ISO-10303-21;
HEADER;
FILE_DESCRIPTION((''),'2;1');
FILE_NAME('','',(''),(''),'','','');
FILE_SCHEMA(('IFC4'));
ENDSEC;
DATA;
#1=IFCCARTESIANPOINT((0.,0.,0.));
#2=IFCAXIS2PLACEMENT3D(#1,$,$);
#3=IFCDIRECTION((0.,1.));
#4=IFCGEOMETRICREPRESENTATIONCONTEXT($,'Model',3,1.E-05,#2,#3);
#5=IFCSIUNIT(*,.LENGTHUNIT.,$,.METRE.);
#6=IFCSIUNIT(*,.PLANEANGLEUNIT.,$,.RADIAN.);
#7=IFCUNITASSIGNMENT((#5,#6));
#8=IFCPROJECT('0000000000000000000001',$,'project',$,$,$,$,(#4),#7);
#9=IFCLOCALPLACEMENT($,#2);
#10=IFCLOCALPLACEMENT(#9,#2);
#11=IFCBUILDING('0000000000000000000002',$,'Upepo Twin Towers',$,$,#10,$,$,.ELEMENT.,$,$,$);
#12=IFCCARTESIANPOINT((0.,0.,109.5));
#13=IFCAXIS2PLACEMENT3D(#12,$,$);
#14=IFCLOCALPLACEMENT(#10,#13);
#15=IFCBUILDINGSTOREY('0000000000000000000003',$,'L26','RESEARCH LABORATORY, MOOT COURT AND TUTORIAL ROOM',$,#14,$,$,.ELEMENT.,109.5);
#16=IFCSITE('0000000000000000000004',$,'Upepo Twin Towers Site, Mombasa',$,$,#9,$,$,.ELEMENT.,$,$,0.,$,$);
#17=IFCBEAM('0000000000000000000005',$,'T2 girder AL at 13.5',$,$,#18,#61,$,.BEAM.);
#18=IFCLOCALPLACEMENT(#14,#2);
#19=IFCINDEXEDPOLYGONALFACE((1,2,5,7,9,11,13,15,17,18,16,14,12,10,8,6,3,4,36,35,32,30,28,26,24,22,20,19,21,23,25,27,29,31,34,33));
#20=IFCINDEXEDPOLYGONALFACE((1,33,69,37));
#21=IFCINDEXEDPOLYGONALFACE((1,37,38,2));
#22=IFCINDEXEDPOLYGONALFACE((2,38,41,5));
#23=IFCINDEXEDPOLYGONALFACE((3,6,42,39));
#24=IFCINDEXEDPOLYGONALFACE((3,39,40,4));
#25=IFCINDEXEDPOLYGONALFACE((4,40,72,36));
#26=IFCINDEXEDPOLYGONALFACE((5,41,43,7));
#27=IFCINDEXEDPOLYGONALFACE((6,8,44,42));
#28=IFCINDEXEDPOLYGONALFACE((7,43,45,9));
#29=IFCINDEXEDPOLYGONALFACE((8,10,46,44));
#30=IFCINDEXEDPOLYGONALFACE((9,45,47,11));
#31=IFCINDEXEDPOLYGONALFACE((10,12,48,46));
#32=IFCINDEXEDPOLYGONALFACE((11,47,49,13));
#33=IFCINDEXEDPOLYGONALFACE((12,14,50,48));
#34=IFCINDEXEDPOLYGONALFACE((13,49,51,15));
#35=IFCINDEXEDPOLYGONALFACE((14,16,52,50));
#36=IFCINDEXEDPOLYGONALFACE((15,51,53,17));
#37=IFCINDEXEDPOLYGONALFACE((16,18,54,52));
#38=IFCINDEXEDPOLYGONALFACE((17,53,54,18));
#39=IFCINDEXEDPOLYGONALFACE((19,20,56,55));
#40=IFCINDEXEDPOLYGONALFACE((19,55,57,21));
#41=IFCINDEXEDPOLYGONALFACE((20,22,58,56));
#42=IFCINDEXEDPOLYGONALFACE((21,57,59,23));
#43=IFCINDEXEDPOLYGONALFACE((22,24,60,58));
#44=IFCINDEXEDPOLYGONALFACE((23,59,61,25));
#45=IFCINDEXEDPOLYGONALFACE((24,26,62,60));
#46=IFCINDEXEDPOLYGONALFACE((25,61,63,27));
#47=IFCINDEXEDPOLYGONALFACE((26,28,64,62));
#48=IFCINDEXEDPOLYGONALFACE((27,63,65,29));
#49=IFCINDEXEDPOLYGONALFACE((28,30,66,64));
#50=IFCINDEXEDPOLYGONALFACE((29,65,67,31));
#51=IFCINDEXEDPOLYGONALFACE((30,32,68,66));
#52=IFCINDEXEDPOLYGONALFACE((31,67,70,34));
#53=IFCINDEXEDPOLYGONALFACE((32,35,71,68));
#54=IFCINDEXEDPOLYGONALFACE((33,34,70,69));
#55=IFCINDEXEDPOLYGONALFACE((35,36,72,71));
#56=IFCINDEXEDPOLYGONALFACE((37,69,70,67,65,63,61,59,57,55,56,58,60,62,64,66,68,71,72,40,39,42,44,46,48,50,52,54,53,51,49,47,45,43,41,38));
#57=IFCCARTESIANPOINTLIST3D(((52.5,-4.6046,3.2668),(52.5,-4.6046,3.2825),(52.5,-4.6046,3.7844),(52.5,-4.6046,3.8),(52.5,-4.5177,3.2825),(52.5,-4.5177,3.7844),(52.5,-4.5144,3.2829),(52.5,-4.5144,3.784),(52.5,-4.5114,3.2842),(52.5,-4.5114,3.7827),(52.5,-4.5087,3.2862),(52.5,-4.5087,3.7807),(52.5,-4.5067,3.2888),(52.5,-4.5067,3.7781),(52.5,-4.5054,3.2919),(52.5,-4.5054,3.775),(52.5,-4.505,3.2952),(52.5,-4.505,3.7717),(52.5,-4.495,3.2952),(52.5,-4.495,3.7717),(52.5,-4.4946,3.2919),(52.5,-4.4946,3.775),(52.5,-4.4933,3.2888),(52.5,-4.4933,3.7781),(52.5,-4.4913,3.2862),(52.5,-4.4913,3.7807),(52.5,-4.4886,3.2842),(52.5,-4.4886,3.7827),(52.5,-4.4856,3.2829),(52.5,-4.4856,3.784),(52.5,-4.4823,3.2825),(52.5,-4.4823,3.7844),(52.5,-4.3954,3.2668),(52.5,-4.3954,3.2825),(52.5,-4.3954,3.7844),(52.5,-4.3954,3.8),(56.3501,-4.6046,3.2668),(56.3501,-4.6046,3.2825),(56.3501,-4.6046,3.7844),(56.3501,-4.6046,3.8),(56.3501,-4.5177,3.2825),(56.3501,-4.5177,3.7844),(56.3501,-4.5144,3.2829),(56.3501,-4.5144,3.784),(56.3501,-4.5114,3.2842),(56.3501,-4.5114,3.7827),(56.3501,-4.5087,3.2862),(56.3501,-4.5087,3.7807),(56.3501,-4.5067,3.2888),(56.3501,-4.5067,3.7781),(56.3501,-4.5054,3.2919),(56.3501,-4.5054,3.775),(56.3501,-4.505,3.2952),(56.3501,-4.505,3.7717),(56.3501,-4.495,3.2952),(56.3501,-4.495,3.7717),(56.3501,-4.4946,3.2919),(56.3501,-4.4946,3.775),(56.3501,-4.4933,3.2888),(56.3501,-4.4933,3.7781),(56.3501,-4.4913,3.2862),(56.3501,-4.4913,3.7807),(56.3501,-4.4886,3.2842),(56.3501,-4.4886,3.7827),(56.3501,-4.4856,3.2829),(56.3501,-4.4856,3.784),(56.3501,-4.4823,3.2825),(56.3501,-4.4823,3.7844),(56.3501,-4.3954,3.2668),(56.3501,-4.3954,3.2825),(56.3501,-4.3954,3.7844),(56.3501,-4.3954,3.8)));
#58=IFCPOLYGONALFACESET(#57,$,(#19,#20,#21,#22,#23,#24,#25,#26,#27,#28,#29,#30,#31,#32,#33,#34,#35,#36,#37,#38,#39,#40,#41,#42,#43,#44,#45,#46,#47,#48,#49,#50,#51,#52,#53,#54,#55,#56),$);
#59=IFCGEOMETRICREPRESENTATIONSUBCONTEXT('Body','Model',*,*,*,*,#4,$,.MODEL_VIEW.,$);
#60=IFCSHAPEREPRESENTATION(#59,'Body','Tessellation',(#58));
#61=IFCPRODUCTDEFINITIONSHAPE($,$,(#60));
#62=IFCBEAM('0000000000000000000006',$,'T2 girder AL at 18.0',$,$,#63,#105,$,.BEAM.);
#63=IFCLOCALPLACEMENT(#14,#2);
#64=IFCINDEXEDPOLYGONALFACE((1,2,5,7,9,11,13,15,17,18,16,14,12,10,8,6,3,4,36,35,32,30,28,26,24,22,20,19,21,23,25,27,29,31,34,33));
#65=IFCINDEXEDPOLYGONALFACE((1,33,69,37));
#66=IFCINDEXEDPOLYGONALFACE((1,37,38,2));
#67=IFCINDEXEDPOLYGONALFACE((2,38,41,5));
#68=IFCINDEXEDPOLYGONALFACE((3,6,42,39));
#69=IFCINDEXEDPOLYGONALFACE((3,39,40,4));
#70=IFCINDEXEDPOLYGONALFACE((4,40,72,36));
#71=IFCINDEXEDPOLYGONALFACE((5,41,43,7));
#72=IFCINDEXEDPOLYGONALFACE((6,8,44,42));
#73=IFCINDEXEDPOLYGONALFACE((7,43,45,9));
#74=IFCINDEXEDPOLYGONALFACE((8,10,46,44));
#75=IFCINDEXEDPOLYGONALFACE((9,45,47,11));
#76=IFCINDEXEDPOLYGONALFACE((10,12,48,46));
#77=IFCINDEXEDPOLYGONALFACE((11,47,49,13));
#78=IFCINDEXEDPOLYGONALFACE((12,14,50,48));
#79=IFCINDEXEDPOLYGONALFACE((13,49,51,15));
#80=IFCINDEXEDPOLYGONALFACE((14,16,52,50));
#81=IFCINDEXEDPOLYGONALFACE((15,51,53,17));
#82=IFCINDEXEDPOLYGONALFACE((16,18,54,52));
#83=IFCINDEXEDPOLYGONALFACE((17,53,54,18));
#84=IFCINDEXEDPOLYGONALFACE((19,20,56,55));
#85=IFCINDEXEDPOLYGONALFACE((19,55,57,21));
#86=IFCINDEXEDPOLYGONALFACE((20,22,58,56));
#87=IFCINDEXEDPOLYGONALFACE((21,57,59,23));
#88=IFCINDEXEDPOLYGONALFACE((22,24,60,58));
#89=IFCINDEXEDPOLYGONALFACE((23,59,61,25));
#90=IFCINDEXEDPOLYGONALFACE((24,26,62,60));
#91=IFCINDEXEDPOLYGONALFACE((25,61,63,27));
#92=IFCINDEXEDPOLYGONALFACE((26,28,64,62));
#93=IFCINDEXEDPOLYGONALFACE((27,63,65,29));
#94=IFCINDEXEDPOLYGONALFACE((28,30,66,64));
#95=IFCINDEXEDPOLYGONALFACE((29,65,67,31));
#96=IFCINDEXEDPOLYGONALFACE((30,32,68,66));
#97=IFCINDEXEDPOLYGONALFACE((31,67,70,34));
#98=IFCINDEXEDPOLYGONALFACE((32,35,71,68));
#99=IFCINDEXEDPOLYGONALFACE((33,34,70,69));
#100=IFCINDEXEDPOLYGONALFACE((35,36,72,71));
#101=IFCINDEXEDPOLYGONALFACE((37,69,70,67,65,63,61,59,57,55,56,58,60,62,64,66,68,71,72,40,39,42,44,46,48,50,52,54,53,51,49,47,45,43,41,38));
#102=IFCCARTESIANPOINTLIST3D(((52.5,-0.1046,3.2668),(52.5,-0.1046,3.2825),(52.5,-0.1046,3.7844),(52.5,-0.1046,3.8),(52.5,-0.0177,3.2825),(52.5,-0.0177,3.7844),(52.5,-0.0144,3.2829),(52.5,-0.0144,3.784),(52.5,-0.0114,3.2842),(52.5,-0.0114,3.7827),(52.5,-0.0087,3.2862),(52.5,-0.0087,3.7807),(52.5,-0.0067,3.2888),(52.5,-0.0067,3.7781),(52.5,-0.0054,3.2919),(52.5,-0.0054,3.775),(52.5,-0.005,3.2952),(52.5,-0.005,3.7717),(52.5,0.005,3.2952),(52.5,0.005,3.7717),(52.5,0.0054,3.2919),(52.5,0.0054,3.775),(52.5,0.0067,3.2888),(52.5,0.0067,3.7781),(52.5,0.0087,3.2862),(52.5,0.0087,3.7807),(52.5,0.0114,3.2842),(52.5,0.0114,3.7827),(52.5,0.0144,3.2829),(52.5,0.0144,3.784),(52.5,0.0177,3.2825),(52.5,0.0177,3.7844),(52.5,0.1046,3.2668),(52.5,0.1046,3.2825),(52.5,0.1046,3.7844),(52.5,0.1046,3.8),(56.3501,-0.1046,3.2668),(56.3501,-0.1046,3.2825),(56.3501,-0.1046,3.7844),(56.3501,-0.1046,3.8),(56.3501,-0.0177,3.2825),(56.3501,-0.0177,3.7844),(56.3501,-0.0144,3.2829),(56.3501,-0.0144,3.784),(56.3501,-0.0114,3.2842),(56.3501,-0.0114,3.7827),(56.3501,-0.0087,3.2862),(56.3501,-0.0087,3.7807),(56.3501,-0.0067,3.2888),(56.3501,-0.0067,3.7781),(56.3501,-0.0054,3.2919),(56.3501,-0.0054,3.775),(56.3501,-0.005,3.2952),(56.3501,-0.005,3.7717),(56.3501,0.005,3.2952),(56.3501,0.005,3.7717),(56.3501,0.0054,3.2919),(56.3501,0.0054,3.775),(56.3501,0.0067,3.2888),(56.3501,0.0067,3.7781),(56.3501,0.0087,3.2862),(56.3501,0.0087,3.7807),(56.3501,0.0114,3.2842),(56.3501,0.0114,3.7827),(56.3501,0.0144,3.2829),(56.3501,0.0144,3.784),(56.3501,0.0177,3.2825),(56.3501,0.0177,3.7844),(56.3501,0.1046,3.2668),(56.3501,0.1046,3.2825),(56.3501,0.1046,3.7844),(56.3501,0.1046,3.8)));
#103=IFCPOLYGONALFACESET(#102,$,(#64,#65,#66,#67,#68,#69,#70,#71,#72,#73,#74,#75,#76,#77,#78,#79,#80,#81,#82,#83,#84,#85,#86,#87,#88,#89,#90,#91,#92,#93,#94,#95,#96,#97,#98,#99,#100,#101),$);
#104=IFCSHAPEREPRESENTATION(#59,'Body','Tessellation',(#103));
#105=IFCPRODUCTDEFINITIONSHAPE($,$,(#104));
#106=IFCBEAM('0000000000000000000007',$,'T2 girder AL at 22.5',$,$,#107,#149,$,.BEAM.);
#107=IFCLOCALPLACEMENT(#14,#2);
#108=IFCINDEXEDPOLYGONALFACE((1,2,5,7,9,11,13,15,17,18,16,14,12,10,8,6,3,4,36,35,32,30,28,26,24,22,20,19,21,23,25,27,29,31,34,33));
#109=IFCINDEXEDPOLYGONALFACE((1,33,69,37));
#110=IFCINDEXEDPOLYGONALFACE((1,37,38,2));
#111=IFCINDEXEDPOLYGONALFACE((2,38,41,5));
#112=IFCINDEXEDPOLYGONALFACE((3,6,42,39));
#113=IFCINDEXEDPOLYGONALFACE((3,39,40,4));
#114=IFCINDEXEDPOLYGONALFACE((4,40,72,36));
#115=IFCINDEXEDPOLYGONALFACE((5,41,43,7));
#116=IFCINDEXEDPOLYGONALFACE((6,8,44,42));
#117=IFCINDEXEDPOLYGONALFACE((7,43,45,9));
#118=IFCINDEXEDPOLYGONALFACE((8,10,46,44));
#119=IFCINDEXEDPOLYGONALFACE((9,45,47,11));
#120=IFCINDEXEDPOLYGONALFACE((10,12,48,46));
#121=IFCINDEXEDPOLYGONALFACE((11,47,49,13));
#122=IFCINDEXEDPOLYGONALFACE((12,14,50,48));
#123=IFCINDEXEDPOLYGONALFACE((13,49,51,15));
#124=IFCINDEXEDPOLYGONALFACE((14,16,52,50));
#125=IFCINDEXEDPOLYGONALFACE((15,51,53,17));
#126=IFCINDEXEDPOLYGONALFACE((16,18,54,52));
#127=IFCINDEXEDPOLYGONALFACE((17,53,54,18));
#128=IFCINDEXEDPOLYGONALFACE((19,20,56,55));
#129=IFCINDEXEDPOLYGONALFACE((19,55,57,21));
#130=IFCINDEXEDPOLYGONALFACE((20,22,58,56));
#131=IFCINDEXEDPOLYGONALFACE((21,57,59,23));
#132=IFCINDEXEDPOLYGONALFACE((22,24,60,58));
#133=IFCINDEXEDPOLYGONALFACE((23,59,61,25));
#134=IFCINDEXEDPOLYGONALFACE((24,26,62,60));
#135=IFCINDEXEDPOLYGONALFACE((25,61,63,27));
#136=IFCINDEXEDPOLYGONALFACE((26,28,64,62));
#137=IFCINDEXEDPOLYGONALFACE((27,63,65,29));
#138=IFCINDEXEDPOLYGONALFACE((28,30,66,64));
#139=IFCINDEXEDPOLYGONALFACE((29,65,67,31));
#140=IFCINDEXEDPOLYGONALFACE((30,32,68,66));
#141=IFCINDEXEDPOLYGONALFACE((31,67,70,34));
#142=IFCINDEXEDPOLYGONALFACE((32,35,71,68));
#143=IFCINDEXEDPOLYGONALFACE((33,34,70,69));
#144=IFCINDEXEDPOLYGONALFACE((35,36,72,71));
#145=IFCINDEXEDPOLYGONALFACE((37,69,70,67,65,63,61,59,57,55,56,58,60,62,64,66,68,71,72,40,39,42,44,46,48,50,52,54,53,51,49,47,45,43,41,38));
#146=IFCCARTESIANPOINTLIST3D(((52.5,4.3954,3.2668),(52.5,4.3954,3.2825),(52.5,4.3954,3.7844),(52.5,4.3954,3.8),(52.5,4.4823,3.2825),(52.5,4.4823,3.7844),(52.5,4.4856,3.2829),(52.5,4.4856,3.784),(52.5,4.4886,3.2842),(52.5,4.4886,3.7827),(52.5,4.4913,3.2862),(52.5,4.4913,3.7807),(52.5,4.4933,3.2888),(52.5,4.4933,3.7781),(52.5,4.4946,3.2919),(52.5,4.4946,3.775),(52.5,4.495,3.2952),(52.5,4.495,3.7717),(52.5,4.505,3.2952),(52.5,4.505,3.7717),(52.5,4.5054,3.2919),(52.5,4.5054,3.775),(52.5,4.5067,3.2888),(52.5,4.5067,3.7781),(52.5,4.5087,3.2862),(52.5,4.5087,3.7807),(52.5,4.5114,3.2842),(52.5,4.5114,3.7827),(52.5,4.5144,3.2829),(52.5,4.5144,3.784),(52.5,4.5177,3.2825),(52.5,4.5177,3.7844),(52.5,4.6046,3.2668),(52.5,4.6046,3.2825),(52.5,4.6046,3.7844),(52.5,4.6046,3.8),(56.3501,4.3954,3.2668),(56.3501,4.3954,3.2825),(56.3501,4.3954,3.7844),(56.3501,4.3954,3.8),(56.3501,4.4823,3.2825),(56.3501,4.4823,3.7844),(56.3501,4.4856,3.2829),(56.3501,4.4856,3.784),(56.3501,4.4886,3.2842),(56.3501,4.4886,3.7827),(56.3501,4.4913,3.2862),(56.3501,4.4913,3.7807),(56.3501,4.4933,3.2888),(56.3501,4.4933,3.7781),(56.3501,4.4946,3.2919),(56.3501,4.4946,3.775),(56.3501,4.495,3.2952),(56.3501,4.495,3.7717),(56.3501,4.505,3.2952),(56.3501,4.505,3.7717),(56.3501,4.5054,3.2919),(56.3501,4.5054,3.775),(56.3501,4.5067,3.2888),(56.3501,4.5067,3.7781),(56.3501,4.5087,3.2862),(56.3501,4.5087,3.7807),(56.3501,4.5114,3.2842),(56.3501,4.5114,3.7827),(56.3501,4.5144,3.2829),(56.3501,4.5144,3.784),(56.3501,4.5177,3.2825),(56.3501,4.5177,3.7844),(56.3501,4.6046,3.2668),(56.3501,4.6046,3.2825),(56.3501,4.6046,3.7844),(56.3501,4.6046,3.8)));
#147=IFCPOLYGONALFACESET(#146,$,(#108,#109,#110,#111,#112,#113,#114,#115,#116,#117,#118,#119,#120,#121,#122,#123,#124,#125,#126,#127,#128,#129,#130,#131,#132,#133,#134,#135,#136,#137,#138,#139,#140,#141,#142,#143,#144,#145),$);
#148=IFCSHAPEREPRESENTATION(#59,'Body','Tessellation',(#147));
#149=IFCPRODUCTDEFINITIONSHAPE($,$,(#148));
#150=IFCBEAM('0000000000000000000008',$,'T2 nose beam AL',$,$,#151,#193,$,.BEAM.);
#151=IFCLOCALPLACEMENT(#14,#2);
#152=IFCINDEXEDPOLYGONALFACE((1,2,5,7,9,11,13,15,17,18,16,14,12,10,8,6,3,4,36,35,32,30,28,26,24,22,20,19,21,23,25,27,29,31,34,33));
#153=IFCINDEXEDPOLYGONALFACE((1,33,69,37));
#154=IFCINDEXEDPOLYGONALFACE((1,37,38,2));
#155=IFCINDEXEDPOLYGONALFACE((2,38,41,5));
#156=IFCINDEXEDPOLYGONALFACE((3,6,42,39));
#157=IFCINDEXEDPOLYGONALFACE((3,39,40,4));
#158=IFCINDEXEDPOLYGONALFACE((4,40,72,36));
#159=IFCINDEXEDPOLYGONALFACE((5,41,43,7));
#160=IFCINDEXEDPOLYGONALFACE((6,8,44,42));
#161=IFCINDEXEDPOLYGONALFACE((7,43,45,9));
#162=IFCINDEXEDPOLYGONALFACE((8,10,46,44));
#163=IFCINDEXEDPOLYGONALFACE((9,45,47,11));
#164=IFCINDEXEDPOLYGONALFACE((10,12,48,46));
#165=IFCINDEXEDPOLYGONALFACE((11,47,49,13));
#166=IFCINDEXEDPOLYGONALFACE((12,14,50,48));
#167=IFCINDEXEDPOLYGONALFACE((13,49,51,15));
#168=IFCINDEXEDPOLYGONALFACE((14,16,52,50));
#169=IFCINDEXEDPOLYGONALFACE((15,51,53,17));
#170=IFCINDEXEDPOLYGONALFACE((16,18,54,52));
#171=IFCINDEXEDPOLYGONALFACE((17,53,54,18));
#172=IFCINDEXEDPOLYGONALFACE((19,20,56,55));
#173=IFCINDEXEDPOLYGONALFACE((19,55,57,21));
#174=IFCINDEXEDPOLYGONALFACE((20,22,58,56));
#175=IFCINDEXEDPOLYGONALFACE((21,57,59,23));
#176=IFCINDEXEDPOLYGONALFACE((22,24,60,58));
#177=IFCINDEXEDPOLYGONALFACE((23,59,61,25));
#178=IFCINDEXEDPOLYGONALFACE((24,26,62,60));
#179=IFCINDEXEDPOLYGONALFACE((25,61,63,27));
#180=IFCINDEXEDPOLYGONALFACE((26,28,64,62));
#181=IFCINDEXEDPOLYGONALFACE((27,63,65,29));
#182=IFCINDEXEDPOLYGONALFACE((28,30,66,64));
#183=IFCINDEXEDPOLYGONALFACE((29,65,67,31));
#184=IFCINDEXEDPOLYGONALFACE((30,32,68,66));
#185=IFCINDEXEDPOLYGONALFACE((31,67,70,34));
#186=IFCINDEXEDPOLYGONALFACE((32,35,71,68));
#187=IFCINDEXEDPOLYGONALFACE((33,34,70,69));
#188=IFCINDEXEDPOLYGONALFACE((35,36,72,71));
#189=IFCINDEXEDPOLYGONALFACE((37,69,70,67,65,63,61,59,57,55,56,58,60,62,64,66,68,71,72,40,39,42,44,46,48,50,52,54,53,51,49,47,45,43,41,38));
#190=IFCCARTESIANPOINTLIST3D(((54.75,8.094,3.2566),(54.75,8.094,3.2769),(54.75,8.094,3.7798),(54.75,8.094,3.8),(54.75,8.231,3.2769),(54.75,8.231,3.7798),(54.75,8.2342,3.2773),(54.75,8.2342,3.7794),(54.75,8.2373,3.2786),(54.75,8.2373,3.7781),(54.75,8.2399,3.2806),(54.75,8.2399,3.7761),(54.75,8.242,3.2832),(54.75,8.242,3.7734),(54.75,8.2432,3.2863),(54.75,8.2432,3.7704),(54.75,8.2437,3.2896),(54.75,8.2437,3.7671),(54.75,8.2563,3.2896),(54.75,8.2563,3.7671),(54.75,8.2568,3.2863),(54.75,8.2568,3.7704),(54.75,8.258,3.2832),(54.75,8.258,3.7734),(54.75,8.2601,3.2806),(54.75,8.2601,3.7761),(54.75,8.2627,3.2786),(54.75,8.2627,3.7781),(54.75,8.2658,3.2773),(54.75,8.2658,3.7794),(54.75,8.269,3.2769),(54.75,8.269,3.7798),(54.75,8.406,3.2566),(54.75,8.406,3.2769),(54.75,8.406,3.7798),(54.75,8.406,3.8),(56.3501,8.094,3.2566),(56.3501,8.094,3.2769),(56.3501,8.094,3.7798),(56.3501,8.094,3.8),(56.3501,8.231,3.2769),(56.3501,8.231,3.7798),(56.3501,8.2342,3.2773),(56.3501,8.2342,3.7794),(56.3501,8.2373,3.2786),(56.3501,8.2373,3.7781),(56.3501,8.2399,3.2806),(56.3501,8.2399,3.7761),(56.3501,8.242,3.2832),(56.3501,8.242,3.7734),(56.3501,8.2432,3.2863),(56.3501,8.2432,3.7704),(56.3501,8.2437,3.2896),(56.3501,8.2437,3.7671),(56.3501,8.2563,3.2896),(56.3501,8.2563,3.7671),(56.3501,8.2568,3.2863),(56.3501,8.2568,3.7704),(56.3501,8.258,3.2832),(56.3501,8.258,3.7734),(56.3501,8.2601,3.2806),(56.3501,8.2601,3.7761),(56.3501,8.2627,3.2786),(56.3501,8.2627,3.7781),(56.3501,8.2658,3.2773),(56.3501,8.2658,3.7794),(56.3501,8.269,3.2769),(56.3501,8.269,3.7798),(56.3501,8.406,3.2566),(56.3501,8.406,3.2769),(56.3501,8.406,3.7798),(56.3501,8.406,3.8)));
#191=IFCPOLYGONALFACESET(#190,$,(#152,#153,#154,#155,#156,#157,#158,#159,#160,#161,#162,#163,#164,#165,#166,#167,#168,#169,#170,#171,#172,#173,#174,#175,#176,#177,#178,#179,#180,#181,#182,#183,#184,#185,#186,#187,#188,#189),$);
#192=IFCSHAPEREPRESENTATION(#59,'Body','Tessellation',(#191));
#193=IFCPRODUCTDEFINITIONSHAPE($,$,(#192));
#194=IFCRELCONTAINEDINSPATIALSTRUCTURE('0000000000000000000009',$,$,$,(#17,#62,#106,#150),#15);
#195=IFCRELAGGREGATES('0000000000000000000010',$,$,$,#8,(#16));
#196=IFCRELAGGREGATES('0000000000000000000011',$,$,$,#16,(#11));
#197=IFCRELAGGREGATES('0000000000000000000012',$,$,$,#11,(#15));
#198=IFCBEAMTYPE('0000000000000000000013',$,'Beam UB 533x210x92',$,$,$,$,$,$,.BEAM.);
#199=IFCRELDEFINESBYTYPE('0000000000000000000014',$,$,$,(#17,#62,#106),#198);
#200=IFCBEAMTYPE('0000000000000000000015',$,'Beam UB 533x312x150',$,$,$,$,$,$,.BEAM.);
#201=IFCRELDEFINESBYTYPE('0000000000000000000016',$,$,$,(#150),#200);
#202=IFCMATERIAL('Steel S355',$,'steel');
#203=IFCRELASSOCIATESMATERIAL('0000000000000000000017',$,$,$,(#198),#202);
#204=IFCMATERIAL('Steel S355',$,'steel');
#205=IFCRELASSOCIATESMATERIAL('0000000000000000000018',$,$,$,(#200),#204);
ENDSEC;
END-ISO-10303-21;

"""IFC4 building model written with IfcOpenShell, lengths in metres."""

from ifc_helpers import new_model, si_unit, direction, frame, origin, origin_2d, place, context, subcontext, project, spatial, i_section, extrude, material, material_profile, profile_set, type_object, element, save


model = new_model("IFC4")

# Units and contexts
model_context = context("Model", 3, precision=1e-05, world=origin(), true_north=direction((0.0, 1.0)))
body_context = subcontext(model_context, "Body", "Model", "MODEL_VIEW")
ifc_project = project(units=[si_unit("LENGTHUNIT", "METRE"), si_unit("PLANEANGLEUNIT", "RADIAN")], contexts=[model_context])

# Site, building, storey
site_placement = place(None, origin())
site = spatial("IfcSite", under=ifc_project, at=site_placement, Name="Upepo Twin Towers Site, Mombasa", CompositionType="ELEMENT", RefElevation=0.0)
building_placement = place(site_placement, origin())
building = spatial("IfcBuilding", under=site, at=building_placement, Name="Upepo Twin Towers", CompositionType="ELEMENT")
storey_placement = place(building_placement, frame((0.0, 0.0, 109.5)))
storey = spatial("IfcBuildingStorey", under=building, at=storey_placement, Name="L26", Description="RESEARCH LABORATORY, MOOT COURT AND TUTORIAL ROOM", CompositionType="ELEMENT", Elevation=109.5)

# Beams
ifc_material_1 = material(Name="Steel S355", Category="steel")
ifc_material_profile_1 = material_profile(ifc_material_1, i_section(OverallWidth=0.2092, OverallDepth=0.5332, WebThickness=0.01, FlangeThickness=0.0156, FilletRadius=0.0127, at=origin_2d()), Name="UB 533x210x92")
ifc_profile_set_1 = profile_set([ifc_material_profile_1], Name="Steel S355")
beam_type_1 = type_object("IfcBeamType", Name="Beam UB 533x210x92", PredefinedType="BEAM", material=ifc_profile_set_1)
for number, where, z_axis, x_axis, name in (
    (1, (52.5, -4.5, 3.5334), (1.0, 0.0, 0.0), (0.0, 1.0, 0.0), "T2 girder AL at 13.5"),
    (2, (52.5, 0.0, 3.5334), (1.0, 0.0, 0.0), (0.0, 1.0, 0.0), "T2 girder AL at 18.0"),
    (3, (52.5, 4.5, 3.5334), (1.0, 0.0, 0.0), (0.0, 1.0, 0.0), "T2 girder AL at 22.5"),
):
    element("IfcBeam", number, at=place(storey_placement, frame(where, z_axis=z_axis, x_axis=x_axis)), inside=storey, type_object=beam_type_1, Name=name, PredefinedType="BEAM", context=body_context, shape_type="SweptSolid", body=[
        extrude(i_section(OverallWidth=0.2092, OverallDepth=0.5332, WebThickness=0.01, FlangeThickness=0.0156, FilletRadius=0.0127, at=origin_2d()), origin(), (0.0, 0.0, 1.0), 3.8501),
    ])
ifc_material_2 = material(Name="Steel S355", Category="steel")
ifc_material_profile_2 = material_profile(ifc_material_2, i_section(OverallWidth=0.312, OverallDepth=0.5435, WebThickness=0.0127, FlangeThickness=0.0203, FilletRadius=0.0127, at=origin_2d()), Name="UB 533x312x150")
ifc_profile_set_2 = profile_set([ifc_material_profile_2], Name="Steel S355")
beam_type_2 = type_object("IfcBeamType", Name="Beam UB 533x312x150", PredefinedType="BEAM", material=ifc_profile_set_2)
beam_1_placement = place(storey_placement, frame((54.75, 8.25, 3.5283), z_axis=(1.0, 0.0, 0.0), x_axis=(0.0, 1.0, 0.0)))
element("IfcBeam", 4, at=beam_1_placement, inside=storey, type_object=beam_type_2, Name="T2 nose beam AL", PredefinedType="BEAM", context=body_context, shape_type="SweptSolid", body=[
    extrude(i_section(OverallWidth=0.312, OverallDepth=0.5435, WebThickness=0.0127, FlangeThickness=0.0203, FilletRadius=0.0127, at=origin_2d()), origin(), (0.0, 0.0, 1.0), 1.6001),
])

save(model, "model.ifc")
